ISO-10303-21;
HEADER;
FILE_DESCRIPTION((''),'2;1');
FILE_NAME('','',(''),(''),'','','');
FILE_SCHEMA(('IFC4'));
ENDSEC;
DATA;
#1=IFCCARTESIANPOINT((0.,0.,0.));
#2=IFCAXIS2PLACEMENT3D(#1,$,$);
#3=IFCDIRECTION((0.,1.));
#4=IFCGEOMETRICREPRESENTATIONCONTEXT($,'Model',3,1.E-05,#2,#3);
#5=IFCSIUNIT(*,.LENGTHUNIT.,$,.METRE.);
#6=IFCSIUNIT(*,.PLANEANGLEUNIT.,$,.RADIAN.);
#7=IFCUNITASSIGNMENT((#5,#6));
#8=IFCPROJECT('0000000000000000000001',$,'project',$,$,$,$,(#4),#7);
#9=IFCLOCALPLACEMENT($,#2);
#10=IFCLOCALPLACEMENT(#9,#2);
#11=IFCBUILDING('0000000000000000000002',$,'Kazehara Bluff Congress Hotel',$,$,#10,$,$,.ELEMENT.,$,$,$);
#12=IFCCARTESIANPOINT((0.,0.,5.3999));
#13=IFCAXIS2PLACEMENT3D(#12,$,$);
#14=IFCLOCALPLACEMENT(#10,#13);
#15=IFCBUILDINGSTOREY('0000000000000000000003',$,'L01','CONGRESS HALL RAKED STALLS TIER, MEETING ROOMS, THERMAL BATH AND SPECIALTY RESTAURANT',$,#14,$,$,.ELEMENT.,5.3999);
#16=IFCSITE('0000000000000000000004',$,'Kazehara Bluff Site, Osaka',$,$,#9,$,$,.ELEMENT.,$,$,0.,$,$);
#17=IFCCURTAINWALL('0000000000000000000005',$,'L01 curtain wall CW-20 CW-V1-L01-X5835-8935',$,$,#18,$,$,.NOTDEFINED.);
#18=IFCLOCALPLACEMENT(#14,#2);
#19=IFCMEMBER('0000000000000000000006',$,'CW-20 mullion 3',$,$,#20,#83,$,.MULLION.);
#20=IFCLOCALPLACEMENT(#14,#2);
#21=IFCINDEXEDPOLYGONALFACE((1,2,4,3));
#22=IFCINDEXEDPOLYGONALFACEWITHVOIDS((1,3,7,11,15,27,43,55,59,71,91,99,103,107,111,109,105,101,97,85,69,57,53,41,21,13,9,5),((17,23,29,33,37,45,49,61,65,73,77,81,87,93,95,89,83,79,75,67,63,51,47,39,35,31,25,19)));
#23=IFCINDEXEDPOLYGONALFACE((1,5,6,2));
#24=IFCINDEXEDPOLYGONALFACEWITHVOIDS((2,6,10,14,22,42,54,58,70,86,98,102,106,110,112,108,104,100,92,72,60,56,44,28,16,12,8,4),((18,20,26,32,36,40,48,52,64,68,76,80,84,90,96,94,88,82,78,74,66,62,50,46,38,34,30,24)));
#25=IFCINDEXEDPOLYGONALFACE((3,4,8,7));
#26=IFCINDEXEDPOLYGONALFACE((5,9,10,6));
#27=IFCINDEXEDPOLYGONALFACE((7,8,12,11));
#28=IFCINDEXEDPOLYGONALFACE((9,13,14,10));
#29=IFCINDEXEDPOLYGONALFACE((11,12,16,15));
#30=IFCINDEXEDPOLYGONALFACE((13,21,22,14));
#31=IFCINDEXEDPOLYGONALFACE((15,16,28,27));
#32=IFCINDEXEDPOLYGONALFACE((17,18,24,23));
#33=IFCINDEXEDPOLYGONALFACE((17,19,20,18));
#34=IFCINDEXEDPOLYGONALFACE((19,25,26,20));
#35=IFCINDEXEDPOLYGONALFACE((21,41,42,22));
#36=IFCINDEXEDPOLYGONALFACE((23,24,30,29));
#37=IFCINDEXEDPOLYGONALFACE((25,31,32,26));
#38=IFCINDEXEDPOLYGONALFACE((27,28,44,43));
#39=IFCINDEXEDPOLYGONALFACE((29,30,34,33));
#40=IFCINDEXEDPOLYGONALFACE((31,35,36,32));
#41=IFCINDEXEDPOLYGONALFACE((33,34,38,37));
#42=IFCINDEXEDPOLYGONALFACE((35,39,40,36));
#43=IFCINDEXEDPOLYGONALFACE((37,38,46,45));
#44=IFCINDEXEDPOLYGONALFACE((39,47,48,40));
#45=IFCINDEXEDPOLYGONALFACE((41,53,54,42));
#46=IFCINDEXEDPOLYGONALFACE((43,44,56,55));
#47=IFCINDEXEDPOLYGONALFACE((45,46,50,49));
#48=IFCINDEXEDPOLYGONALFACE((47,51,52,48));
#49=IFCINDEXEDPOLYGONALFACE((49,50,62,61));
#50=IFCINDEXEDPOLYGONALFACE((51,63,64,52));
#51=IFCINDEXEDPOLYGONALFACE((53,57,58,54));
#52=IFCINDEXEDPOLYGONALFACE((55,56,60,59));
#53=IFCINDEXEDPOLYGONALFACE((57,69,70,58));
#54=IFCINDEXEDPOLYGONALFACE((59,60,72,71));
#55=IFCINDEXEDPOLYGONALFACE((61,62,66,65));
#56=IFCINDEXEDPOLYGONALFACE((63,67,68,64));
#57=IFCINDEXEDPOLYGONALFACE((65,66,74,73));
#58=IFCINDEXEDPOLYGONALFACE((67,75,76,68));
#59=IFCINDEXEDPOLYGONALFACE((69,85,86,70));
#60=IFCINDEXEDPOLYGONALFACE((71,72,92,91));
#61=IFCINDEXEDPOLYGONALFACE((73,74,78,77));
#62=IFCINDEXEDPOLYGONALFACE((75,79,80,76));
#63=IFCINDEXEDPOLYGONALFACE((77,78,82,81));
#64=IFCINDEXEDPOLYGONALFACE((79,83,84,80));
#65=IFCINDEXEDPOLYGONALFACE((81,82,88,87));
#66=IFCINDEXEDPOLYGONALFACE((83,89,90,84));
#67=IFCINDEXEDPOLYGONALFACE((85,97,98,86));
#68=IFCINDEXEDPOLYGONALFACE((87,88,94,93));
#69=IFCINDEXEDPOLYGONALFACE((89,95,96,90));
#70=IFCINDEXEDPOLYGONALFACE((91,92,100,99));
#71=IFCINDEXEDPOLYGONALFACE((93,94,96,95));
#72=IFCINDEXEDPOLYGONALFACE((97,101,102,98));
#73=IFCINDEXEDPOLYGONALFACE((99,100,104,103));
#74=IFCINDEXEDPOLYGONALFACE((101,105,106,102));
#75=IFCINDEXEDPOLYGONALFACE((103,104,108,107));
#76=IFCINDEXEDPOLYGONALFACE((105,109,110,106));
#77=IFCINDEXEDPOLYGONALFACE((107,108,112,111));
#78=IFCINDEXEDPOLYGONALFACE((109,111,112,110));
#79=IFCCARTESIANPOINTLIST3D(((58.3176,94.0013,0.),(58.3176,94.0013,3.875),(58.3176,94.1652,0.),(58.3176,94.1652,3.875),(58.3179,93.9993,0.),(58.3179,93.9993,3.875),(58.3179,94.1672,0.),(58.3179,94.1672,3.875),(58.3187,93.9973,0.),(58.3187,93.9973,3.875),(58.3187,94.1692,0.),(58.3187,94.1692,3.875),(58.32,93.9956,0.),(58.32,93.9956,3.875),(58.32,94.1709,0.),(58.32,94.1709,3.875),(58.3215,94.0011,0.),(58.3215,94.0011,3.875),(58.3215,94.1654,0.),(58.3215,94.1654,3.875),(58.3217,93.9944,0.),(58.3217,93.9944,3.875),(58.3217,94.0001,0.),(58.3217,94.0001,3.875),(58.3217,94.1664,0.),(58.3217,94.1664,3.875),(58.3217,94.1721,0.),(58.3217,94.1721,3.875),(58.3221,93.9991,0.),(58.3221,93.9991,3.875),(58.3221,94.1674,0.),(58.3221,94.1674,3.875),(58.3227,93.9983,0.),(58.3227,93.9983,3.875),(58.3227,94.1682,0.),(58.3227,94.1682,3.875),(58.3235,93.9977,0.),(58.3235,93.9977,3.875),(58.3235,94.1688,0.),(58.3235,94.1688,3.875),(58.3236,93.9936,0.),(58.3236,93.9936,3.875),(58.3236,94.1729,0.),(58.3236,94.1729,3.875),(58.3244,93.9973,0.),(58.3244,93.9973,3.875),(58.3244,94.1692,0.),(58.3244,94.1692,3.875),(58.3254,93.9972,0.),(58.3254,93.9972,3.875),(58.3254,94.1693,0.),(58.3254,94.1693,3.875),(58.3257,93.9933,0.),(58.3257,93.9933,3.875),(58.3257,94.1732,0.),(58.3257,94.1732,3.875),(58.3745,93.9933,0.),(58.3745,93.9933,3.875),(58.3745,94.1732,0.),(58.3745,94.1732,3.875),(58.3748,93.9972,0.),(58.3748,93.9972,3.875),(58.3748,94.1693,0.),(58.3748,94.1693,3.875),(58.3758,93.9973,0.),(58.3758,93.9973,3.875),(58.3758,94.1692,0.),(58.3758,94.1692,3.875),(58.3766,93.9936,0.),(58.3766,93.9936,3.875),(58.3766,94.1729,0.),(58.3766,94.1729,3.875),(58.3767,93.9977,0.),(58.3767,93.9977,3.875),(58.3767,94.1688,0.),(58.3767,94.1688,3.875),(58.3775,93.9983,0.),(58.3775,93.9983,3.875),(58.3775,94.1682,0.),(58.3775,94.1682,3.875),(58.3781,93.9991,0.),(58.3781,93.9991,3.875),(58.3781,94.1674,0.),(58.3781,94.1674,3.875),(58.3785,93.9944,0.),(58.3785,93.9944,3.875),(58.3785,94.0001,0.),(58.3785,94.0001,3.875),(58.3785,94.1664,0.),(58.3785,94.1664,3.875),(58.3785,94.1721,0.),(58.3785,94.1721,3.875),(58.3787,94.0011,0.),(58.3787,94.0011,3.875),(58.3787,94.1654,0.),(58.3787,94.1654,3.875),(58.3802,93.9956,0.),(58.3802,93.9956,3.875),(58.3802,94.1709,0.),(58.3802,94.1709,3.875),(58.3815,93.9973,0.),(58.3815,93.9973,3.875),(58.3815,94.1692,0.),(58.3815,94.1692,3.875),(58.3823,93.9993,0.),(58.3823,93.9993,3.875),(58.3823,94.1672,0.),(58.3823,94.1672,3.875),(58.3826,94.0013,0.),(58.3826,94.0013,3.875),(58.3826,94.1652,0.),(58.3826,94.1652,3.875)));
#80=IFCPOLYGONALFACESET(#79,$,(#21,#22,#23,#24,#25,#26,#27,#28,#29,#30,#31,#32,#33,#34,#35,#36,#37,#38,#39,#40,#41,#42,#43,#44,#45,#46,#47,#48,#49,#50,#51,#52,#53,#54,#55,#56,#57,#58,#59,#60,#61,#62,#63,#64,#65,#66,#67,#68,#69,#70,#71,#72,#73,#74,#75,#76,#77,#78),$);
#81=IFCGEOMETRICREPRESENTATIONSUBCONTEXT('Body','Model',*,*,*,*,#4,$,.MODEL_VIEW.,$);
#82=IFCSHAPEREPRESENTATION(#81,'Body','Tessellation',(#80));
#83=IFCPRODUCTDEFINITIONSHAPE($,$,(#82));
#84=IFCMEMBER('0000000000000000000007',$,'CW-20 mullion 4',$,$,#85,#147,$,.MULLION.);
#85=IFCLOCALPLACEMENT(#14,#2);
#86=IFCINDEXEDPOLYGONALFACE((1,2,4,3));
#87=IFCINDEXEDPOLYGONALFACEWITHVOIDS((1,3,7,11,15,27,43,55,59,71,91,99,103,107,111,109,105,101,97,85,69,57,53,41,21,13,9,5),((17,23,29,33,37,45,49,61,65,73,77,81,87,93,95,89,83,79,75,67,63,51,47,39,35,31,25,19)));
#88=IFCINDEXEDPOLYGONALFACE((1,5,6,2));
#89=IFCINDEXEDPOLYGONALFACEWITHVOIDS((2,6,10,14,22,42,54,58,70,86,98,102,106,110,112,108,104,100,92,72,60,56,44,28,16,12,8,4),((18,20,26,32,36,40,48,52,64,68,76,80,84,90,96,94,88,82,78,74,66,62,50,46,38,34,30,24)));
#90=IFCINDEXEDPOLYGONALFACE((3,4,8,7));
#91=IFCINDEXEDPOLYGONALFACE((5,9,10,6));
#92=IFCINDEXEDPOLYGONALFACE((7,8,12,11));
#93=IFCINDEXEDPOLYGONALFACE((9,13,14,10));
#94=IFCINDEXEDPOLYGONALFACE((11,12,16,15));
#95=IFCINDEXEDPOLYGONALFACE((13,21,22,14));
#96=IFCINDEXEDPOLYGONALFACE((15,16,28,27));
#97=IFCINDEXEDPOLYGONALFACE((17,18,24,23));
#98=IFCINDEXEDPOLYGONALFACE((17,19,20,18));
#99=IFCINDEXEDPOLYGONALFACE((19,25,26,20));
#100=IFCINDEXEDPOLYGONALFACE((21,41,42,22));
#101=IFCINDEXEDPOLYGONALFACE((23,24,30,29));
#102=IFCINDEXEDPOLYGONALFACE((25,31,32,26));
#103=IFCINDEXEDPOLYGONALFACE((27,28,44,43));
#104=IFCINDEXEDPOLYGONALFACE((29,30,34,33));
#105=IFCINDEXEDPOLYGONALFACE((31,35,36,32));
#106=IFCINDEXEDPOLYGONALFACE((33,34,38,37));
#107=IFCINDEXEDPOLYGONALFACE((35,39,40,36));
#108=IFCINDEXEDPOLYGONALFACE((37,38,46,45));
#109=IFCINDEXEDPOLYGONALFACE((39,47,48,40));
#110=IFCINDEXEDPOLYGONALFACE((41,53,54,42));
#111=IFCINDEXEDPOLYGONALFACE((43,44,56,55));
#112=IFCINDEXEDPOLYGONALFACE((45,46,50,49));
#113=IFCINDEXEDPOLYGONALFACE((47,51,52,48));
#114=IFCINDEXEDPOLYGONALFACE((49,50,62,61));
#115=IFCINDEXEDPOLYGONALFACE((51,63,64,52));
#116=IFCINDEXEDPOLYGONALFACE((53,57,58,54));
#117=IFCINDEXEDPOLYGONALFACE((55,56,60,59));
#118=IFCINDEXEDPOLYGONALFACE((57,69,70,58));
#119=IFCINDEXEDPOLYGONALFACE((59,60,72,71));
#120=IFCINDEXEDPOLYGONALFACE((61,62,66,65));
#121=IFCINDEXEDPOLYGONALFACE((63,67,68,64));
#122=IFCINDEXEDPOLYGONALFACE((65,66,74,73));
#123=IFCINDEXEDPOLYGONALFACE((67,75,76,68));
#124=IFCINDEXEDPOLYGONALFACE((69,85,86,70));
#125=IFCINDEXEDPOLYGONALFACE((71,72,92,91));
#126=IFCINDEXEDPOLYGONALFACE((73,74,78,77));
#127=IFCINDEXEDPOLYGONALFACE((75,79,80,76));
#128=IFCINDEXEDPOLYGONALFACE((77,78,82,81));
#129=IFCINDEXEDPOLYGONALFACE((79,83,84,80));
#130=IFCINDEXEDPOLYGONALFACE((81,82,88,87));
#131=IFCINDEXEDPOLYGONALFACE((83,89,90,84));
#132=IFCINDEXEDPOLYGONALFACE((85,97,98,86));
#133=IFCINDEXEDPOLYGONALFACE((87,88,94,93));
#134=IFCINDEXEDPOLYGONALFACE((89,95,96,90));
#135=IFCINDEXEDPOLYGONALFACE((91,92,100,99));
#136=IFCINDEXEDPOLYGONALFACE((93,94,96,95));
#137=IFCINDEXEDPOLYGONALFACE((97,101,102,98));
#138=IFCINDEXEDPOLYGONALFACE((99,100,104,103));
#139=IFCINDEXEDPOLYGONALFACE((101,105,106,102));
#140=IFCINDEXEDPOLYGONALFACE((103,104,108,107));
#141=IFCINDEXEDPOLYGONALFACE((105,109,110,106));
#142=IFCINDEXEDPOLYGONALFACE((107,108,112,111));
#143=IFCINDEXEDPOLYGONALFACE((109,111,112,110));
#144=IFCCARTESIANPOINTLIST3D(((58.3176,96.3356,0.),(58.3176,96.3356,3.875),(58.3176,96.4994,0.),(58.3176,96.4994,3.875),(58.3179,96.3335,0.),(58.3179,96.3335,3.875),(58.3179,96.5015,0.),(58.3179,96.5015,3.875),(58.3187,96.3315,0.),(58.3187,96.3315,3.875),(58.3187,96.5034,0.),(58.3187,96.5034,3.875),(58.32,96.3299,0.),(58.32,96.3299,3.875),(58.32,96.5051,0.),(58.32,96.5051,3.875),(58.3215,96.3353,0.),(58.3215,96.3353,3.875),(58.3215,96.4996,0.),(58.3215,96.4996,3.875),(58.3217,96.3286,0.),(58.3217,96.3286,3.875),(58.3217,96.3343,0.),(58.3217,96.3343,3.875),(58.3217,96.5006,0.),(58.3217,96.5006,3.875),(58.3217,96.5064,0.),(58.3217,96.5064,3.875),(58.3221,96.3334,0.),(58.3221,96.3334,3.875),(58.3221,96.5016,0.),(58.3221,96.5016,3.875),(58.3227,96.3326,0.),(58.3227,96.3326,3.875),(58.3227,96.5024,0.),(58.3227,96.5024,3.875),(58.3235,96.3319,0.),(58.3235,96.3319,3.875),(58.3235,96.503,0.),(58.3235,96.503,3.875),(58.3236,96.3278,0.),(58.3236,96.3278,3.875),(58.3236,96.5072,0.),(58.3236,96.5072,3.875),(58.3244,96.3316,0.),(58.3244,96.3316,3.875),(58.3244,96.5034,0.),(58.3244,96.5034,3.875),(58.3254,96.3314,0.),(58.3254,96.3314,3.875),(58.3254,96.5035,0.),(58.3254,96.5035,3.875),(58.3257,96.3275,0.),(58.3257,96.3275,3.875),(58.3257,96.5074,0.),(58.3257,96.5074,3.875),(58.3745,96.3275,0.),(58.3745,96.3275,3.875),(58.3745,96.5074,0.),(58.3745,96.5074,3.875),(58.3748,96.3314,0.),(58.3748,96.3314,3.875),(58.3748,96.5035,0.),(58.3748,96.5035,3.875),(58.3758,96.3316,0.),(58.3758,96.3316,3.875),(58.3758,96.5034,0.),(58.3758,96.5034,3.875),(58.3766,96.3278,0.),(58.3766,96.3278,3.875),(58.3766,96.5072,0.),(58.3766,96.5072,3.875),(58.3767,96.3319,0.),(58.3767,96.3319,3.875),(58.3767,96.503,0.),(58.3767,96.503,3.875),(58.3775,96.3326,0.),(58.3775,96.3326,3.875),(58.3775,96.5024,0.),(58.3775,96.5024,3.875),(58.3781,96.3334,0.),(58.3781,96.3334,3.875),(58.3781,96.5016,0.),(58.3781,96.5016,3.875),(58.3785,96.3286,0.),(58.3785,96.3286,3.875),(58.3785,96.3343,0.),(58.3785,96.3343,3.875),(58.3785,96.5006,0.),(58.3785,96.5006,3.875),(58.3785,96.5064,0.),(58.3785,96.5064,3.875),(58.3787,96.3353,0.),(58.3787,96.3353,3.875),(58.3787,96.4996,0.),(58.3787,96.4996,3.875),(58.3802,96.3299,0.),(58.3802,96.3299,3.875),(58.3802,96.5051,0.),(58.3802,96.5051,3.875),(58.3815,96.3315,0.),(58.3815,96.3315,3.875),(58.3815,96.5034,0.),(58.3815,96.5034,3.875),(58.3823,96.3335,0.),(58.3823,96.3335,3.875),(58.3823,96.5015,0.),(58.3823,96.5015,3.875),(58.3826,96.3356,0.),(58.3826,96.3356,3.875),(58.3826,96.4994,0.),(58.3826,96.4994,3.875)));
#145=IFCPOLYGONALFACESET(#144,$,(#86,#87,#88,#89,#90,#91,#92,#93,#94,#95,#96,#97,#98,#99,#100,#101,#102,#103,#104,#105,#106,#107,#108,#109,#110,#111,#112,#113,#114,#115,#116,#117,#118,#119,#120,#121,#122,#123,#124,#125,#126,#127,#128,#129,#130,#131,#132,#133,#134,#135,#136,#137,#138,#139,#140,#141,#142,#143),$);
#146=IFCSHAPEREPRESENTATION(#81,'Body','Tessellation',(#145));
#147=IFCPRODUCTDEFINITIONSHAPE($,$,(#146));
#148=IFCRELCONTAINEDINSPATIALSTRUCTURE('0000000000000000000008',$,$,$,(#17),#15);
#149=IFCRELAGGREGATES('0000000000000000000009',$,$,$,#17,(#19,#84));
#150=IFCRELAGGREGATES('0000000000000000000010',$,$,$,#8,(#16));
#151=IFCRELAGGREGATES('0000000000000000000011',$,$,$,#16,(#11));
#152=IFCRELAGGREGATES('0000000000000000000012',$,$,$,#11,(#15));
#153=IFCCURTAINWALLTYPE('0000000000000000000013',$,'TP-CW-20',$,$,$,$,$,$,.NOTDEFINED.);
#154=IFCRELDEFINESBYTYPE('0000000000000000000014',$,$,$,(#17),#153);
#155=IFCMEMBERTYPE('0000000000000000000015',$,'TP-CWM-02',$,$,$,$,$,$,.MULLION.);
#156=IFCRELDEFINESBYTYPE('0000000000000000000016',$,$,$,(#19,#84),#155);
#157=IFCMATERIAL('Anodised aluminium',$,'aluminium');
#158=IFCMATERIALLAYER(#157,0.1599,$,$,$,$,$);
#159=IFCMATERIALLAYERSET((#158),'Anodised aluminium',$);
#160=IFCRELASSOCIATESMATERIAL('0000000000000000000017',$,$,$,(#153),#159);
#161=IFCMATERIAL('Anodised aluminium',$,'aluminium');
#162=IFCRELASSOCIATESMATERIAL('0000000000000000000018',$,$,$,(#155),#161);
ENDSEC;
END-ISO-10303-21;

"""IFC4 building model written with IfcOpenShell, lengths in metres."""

from ifc_helpers import new_model, si_unit, direction, frame, origin, origin_2d, place, context, subcontext, project, spatial, hollow_rectangle, extrude, material, layer, layer_set, material_profile, profile_set, type_object, element, aggregate, save


model = new_model("IFC4")

# Units and contexts
model_context = context("Model", 3, precision=1e-05, world=origin(), true_north=direction((0.0, 1.0)))
body_context = subcontext(model_context, "Body", "Model", "MODEL_VIEW")
ifc_project = project(units=[si_unit("LENGTHUNIT", "METRE"), si_unit("PLANEANGLEUNIT", "RADIAN")], contexts=[model_context])

# Site, building, storey
site_placement = place(None, origin())
site = spatial("IfcSite", under=ifc_project, at=site_placement, Name="Kazehara Bluff Site, Osaka", CompositionType="ELEMENT", RefElevation=0.0)
building_placement = place(site_placement, origin())
building = spatial("IfcBuilding", under=site, at=building_placement, Name="Kazehara Bluff Congress Hotel", CompositionType="ELEMENT")
storey_placement = place(building_placement, frame((0.0, 0.0, 5.3999)))
storey = spatial("IfcBuildingStorey", under=building, at=storey_placement, Name="L01", Description="CONGRESS HALL RAKED STALLS TIER, MEETING ROOMS, THERMAL BATH AND SPECIALTY RESTAURANT", CompositionType="ELEMENT", Elevation=5.3999)

# Curtain wall, members
ifc_material_1 = material(Name="Anodised aluminium", Category="aluminium")
ifc_layer_1 = layer(ifc_material_1, 0.1599)
ifc_layer_set_1 = layer_set([ifc_layer_1], Name="Anodised aluminium")
curtain_wall_type = type_object("IfcCurtainWallType", Name="TP-CW-20", PredefinedType="NOTDEFINED", material=ifc_layer_set_1)
curtain_wall_placement = place(storey_placement, origin())
curtain_wall = element("IfcCurtainWall", 1, at=curtain_wall_placement, inside=storey, type_object=curtain_wall_type, Name="L01 curtain wall CW-20 CW-V1-L01-X5835-8935", PredefinedType="NOTDEFINED")
ifc_material_2 = material(Name="Anodised aluminium", Category="aluminium")
ifc_material_profile_1 = material_profile(ifc_material_2, hollow_rectangle(XDim=0.0649, YDim=0.1799, WallThickness=0.0039, InnerFilletRadius=0.0039, OuterFilletRadius=0.0081, at=origin_2d()))
ifc_profile_set_1 = profile_set([ifc_material_profile_1], Name="Anodised aluminium")
member_type_1 = type_object("IfcMemberType", Name="TP-CWM-02", PredefinedType="MULLION", material=ifc_profile_set_1)
member_1_placement = place(storey_placement, frame((58.3501, 94.0833, 0.0), z_axis=(0.0, 0.0, 1.0), x_axis=(-1.0, 0.0, 0.0)))
member_1 = element("IfcMember", 2, at=member_1_placement, type_object=member_type_1, Name="CW-20 mullion 3", PredefinedType="MULLION", context=body_context, shape_type="SweptSolid", body=[
    extrude(hollow_rectangle(XDim=0.0649, YDim=0.1799, WallThickness=0.0039, InnerFilletRadius=0.0039, OuterFilletRadius=0.0081, at=origin_2d()), origin(), (0.0, 0.0, 1.0), 3.875),
])
member_2_placement = place(storey_placement, frame((58.3501, 96.4175, 0.0), z_axis=(0.0, 0.0, 1.0), x_axis=(-1.0, 0.0, 0.0)))
member_2 = element("IfcMember", 3, at=member_2_placement, type_object=member_type_1, Name="CW-20 mullion 4", PredefinedType="MULLION", context=body_context, shape_type="SweptSolid", body=[
    extrude(hollow_rectangle(XDim=0.0649, YDim=0.1799, WallThickness=0.0039, InnerFilletRadius=0.0039, OuterFilletRadius=0.0081, at=origin_2d()), origin(), (0.0, 0.0, 1.0), 3.875),
])

aggregate(curtain_wall, [member_1, member_2])

save(model, "model.ifc")
